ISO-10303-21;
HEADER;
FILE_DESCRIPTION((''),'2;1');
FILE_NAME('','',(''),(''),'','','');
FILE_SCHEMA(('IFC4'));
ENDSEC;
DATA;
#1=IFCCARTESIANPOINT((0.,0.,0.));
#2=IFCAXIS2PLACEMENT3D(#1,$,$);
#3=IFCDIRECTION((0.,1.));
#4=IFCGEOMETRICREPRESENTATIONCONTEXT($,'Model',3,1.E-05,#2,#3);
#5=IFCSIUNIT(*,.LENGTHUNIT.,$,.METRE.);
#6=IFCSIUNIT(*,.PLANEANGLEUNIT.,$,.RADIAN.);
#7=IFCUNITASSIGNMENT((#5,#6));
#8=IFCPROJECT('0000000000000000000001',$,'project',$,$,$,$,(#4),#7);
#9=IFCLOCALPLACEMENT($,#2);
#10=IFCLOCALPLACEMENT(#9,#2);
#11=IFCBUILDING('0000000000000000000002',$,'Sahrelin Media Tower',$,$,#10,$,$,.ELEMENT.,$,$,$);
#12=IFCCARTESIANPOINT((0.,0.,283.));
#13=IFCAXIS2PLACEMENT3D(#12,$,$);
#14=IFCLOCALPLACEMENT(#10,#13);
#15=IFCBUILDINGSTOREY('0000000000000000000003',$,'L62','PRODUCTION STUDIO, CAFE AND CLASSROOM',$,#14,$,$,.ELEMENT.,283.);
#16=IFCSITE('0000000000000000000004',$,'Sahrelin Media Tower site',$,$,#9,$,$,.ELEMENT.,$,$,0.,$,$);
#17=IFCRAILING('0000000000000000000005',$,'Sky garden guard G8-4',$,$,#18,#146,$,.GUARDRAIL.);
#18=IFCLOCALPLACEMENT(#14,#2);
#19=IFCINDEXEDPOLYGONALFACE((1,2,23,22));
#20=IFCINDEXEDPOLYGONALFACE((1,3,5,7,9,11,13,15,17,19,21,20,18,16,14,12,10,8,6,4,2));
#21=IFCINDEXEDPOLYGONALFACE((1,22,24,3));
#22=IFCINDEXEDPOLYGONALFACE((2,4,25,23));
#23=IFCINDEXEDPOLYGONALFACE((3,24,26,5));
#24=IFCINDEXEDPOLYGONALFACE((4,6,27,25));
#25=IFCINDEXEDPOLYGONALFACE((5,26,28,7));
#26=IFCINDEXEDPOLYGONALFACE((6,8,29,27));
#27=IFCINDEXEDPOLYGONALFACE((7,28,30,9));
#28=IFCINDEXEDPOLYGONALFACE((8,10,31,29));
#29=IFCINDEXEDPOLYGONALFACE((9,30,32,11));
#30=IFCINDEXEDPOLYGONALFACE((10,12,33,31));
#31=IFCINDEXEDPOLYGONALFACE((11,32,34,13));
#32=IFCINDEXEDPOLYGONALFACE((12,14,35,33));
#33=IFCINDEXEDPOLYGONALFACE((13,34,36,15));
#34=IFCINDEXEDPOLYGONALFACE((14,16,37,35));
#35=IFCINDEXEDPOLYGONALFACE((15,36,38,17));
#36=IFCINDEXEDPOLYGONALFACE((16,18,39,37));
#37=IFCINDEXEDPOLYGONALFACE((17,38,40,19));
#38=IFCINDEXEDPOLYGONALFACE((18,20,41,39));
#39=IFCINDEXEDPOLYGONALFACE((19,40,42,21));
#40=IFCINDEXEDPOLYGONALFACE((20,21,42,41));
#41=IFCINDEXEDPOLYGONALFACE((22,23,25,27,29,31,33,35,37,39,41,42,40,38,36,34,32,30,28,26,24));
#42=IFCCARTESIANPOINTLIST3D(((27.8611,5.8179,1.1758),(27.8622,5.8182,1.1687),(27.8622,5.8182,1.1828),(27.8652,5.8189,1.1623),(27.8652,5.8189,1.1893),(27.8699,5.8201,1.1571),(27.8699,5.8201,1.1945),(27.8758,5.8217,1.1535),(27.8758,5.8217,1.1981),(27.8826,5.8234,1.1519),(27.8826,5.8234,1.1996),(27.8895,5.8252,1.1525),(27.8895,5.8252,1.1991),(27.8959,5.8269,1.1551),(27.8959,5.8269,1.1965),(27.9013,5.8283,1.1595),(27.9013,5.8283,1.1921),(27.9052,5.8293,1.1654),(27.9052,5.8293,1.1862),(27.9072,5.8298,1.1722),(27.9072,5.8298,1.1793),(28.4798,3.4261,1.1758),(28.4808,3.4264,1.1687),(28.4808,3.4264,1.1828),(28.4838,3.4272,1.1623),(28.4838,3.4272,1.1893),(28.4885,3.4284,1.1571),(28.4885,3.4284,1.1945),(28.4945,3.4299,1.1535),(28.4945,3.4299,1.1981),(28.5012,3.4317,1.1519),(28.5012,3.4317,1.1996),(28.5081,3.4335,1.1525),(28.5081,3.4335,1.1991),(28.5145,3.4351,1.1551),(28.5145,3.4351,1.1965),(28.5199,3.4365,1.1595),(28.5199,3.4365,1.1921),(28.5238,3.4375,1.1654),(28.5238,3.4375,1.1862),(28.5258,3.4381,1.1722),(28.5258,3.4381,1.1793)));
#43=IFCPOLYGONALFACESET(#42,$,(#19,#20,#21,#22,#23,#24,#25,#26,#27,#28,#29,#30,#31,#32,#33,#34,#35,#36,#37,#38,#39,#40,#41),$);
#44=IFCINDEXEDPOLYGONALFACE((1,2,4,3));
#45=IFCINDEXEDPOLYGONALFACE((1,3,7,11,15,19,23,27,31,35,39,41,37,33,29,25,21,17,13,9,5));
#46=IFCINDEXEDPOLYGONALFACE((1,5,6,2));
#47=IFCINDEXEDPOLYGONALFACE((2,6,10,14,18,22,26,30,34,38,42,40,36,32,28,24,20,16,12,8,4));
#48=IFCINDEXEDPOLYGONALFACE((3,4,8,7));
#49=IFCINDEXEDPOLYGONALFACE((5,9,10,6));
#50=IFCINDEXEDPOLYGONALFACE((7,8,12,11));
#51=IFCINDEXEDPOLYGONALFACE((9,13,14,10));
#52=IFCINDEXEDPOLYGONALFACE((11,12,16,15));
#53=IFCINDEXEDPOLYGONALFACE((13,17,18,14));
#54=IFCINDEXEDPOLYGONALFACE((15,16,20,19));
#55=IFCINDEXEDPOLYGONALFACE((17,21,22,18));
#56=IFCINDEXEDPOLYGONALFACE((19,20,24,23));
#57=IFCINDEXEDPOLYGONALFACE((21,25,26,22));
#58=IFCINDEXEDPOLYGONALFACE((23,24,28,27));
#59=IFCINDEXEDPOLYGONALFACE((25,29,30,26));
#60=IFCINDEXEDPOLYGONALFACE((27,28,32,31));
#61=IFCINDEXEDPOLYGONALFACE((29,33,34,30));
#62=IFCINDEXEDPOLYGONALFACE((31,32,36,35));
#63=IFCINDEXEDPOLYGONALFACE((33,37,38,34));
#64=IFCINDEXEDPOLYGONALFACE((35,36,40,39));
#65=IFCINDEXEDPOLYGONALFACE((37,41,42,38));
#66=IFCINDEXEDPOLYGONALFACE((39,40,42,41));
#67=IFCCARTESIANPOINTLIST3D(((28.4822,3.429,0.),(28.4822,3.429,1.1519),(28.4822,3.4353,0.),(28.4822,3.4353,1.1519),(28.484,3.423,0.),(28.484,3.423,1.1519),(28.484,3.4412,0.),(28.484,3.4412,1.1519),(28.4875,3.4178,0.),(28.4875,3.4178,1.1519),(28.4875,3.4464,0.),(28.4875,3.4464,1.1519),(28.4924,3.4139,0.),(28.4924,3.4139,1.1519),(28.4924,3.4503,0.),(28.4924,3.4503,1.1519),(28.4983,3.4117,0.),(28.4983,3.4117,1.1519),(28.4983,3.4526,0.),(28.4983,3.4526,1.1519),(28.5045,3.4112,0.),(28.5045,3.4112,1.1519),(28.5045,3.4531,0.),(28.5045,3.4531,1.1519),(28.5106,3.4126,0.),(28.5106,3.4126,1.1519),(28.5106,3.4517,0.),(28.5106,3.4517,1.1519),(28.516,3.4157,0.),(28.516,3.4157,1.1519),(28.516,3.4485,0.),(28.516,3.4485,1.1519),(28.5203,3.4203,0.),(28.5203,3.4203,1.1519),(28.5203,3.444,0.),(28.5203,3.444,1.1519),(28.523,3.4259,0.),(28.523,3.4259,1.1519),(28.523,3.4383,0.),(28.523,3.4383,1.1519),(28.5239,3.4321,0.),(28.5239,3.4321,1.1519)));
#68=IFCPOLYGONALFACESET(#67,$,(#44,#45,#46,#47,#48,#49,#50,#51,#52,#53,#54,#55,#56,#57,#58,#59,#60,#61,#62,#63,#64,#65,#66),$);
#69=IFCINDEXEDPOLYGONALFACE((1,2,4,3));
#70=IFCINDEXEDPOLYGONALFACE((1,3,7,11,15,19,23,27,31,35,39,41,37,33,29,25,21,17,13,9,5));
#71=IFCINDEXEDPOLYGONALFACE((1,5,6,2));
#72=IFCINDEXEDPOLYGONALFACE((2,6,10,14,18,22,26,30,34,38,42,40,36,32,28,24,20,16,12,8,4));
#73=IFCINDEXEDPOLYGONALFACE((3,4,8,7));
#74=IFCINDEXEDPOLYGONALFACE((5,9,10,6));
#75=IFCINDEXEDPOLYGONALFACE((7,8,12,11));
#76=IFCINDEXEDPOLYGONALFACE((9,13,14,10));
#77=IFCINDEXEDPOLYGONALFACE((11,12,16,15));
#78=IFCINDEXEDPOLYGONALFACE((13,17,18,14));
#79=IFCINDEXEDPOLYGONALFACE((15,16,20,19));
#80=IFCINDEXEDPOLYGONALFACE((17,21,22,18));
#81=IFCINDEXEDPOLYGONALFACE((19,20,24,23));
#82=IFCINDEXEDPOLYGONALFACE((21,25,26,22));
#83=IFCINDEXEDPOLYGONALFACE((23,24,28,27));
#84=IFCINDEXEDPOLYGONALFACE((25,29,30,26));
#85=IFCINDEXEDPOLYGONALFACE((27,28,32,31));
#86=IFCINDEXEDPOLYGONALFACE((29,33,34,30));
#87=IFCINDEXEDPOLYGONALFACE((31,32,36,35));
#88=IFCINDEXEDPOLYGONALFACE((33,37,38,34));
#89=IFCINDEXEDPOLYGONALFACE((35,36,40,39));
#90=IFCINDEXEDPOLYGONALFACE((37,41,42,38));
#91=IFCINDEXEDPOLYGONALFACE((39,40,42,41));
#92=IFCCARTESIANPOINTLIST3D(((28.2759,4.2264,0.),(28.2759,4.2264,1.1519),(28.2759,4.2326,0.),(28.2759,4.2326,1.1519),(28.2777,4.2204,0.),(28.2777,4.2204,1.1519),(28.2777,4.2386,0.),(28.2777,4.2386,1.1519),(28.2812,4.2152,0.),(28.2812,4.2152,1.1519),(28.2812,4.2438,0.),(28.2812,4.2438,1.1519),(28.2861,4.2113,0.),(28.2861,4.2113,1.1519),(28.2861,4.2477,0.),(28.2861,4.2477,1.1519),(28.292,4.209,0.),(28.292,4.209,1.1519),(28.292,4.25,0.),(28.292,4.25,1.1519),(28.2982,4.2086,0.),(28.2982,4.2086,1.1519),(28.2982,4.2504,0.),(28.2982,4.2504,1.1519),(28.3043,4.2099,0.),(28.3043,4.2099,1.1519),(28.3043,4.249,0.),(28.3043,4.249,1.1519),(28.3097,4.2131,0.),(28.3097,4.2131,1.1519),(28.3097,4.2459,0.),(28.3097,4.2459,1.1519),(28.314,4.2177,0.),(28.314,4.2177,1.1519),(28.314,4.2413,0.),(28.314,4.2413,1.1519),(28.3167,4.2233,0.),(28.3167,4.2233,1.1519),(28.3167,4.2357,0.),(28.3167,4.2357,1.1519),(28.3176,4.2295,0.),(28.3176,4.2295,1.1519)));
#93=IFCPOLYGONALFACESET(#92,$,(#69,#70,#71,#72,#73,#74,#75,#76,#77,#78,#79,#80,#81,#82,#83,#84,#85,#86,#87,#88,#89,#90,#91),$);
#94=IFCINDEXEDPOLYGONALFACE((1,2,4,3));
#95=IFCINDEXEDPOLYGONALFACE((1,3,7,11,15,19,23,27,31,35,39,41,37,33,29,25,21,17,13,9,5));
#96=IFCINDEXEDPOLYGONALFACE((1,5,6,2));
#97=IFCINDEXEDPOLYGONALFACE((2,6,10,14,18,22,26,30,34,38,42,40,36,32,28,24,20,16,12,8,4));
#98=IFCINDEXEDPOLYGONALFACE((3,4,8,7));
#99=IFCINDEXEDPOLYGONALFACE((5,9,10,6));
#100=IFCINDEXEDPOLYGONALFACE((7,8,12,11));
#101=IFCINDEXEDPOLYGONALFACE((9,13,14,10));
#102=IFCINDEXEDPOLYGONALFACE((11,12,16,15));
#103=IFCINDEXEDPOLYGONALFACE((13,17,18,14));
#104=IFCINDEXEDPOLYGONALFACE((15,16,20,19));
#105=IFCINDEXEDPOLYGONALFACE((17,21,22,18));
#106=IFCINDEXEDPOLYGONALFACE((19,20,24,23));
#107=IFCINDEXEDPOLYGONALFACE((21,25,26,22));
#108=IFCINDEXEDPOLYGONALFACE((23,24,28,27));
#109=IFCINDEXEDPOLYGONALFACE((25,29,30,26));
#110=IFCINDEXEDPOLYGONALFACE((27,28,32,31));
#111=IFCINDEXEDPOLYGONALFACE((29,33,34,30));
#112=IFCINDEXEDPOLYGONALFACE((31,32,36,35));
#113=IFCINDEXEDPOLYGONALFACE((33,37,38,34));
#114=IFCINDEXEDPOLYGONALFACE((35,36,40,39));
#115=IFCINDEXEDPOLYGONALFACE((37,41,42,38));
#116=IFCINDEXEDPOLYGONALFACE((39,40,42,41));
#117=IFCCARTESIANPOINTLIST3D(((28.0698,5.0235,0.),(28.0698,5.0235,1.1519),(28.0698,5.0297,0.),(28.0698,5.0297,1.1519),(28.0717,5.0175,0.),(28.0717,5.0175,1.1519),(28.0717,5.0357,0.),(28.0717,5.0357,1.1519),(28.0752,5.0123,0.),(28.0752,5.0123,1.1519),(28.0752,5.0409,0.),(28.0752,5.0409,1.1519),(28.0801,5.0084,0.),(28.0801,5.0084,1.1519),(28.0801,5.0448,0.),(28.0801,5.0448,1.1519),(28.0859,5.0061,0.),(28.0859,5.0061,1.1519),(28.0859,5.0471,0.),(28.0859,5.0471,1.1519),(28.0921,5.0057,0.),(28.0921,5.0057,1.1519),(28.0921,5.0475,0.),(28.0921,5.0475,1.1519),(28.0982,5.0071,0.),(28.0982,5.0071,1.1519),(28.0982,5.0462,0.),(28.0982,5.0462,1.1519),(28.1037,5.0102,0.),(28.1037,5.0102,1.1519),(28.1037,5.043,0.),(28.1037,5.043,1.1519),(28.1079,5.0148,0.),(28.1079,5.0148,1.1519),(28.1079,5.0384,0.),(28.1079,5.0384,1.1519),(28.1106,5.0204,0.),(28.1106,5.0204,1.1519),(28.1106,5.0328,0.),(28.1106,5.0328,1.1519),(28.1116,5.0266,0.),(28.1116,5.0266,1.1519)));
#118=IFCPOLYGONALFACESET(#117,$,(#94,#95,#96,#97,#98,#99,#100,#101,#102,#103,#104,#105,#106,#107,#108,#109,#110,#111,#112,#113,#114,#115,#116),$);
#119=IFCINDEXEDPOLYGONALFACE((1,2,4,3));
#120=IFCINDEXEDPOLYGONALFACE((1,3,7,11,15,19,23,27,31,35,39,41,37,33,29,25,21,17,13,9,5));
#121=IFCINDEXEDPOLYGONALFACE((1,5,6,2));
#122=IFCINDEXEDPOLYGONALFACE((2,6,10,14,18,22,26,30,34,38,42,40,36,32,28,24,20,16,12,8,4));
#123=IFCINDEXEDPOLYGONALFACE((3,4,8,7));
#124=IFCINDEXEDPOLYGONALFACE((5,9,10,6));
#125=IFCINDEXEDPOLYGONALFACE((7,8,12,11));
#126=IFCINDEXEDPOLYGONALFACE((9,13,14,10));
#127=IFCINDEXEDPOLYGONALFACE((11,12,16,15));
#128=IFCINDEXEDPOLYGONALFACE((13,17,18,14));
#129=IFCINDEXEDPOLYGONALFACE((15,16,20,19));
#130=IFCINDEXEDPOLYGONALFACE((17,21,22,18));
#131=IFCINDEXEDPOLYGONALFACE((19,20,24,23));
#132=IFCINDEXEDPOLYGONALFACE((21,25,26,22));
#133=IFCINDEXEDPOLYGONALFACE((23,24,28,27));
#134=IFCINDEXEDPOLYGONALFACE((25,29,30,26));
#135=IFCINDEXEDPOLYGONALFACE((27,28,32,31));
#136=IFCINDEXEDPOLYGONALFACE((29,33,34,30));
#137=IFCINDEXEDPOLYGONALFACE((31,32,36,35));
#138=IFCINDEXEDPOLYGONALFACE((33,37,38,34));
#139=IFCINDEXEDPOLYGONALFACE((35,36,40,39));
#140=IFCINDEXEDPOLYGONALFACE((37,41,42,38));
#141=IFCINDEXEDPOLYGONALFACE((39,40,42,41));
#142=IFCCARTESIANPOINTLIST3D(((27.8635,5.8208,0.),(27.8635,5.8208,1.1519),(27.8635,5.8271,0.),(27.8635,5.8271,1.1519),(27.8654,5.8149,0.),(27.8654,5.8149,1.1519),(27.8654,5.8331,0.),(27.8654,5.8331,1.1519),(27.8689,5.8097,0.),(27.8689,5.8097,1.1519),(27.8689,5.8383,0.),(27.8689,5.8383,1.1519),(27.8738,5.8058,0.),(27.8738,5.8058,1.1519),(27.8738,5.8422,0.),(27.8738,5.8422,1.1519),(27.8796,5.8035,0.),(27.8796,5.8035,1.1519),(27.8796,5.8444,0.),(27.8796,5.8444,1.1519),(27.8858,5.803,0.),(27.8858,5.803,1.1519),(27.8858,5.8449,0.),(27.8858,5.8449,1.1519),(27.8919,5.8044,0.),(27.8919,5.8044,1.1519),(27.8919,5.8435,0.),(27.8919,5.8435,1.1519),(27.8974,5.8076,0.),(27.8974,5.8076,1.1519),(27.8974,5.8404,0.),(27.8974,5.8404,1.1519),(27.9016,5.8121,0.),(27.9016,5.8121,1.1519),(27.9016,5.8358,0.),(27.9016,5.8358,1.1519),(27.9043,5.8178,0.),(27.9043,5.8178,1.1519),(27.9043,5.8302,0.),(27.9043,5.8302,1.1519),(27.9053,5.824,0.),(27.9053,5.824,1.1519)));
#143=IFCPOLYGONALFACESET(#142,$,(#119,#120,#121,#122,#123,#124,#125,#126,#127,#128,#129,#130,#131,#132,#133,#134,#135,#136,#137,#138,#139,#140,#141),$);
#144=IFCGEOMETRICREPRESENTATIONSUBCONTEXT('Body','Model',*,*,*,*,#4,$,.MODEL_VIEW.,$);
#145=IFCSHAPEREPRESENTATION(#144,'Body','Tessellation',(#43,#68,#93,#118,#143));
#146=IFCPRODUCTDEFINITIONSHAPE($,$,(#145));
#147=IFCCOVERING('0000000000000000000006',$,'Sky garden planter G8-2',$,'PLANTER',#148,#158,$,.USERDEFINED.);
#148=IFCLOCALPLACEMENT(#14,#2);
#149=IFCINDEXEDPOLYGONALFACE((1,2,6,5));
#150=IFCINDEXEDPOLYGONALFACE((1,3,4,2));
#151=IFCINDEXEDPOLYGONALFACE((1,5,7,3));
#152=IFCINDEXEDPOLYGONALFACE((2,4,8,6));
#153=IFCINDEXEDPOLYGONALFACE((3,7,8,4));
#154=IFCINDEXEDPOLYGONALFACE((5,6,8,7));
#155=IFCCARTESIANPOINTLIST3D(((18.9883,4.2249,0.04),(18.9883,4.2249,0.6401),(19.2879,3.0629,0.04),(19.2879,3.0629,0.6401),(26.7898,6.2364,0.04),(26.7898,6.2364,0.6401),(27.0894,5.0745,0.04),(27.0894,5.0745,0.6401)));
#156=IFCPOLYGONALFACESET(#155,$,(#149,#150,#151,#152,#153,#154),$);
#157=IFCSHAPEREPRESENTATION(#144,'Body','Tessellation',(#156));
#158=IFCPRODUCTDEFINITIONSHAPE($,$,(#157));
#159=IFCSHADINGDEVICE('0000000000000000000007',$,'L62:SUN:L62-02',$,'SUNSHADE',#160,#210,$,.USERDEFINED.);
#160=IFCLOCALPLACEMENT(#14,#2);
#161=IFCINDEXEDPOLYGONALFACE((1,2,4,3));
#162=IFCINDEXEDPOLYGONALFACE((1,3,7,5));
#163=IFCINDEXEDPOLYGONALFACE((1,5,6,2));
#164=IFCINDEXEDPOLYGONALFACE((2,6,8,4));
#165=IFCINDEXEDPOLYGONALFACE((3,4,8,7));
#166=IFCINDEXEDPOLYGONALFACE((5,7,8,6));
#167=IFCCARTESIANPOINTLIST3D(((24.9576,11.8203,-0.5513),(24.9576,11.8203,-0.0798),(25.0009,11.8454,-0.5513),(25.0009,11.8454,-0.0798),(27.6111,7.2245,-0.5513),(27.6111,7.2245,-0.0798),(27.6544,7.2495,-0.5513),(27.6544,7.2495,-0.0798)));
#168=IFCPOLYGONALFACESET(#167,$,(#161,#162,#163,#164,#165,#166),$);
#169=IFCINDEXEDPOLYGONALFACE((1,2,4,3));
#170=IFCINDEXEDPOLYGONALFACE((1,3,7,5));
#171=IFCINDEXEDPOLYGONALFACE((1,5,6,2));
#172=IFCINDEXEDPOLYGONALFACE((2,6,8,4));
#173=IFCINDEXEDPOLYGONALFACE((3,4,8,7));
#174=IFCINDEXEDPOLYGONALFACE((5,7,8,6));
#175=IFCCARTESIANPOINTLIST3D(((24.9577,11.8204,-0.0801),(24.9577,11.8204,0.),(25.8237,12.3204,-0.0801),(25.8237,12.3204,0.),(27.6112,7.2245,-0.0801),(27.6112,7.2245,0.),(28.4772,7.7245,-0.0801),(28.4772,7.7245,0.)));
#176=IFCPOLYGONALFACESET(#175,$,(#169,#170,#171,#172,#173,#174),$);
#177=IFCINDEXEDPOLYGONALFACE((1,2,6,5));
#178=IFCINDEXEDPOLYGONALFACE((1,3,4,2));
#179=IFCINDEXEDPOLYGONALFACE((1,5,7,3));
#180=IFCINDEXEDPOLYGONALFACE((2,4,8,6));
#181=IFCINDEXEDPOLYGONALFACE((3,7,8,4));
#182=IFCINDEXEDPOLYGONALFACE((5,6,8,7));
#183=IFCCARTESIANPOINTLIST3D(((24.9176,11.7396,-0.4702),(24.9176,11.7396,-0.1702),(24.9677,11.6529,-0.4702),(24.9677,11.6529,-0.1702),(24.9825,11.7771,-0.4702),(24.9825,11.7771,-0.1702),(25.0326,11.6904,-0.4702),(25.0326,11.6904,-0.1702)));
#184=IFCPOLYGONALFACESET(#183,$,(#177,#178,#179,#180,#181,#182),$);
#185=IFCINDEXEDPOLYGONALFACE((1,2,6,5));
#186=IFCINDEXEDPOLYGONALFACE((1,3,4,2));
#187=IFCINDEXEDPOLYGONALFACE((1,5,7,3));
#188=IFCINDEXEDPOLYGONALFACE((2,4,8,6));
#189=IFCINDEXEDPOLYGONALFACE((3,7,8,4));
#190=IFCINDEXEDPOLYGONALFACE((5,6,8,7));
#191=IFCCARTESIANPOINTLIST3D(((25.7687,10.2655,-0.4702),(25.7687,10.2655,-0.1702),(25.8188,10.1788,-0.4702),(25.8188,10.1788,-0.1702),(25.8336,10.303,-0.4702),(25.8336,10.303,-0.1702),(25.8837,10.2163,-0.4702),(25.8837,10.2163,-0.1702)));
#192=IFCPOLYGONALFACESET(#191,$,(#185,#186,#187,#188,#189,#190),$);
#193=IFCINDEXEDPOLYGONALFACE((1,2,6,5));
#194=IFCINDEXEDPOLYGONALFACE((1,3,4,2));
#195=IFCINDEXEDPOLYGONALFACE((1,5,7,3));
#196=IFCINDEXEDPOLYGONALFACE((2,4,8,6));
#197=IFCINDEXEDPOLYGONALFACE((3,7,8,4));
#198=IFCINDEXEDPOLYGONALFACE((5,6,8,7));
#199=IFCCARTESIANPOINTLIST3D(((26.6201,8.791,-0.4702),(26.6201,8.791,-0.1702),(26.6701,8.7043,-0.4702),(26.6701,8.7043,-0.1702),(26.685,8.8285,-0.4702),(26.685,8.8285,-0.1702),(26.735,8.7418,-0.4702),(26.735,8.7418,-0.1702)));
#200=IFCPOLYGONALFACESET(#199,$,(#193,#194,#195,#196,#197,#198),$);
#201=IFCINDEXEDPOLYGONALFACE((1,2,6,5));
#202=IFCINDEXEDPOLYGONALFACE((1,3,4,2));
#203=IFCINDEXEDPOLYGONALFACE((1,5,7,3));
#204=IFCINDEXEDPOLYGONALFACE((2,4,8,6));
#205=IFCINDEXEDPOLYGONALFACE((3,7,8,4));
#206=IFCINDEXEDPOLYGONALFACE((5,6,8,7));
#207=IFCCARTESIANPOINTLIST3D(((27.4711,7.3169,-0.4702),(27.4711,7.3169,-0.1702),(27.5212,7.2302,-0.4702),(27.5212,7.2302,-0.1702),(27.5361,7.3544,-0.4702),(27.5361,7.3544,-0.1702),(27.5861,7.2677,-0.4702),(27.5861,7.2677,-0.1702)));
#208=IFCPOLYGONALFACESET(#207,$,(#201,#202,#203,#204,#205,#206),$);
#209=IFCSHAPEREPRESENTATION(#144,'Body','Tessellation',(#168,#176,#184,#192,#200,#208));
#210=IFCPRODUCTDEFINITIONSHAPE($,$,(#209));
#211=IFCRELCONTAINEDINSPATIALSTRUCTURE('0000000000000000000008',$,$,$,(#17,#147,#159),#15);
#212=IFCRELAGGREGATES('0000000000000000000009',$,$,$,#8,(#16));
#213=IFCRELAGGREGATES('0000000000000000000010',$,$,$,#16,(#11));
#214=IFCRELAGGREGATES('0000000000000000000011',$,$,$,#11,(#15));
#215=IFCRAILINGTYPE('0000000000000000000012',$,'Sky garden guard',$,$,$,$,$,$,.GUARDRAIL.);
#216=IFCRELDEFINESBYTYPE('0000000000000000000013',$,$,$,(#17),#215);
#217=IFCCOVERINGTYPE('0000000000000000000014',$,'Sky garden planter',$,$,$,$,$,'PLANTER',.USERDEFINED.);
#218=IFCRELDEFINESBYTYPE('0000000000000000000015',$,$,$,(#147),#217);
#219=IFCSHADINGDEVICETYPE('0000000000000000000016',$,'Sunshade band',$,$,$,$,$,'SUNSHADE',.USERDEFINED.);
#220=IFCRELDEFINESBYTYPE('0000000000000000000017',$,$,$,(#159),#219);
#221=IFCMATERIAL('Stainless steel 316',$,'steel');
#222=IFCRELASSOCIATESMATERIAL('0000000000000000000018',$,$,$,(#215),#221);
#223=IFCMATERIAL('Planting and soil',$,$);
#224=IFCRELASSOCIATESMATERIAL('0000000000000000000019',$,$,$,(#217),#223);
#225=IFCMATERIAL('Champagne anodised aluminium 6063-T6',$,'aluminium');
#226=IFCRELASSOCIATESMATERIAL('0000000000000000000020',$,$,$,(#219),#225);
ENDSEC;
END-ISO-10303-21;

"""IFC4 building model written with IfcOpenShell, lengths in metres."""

from ifc_helpers import new_model, si_unit, direction, frame, origin, origin_2d, place, context, subcontext, project, spatial, rectangle, circle, extrude, material, type_object, element, save


model = new_model("IFC4")

# Units and contexts
model_context = context("Model", 3, precision=1e-05, world=origin(), true_north=direction((0.0, 1.0)))
body_context = subcontext(model_context, "Body", "Model", "MODEL_VIEW")
ifc_project = project(units=[si_unit("LENGTHUNIT", "METRE"), si_unit("PLANEANGLEUNIT", "RADIAN")], contexts=[model_context])

# Site, building, storey
site_placement = place(None, origin())
site = spatial("IfcSite", under=ifc_project, at=site_placement, Name="Sahrelin Media Tower site", CompositionType="ELEMENT", RefElevation=0.0)
building_placement = place(site_placement, origin())
building = spatial("IfcBuilding", under=site, at=building_placement, Name="Sahrelin Media Tower", CompositionType="ELEMENT")
storey_placement = place(building_placement, frame((0.0, 0.0, 283.0)))
storey = spatial("IfcBuildingStorey", under=building, at=storey_placement, Name="L62", Description="PRODUCTION STUDIO, CAFE AND CLASSROOM", CompositionType="ELEMENT", Elevation=283.0)

# Shared definitions
ifc_material_1 = material(Name="Champagne anodised aluminium 6063-T6", Category="aluminium")

# Shared definitions
placement = place(storey_placement, frame((26.2671, 9.5125, 0.0), z_axis=(0.0, 0.0, 1.0), x_axis=(0.500011, -0.866019, 0.0)))

# Railing
ifc_material_2 = material(Name="Stainless steel 316", Category="steel")
railing_type = type_object("IfcRailingType", Name="Sky garden guard", PredefinedType="GUARDRAIL", material=ifc_material_2)
railing_placement = place(storey_placement, frame((28.5029, 3.4321, 0.0)))
element("IfcRailing", 1, at=railing_placement, inside=storey, type_object=railing_type, Name="Sky garden guard G8-4", PredefinedType="GUARDRAIL", context=body_context, shape_type="SweptSolid", body=[
    extrude(circle(Radius=0.0239, at=origin_2d()), frame((0.0, 0.0, 1.1758), z_axis=(-0.25041, 0.96814, 0.0), x_axis=(-0.96814, -0.25041, 0.0)), (0.0, 0.0, 1.0), 2.4705),
    extrude(circle(Radius=0.021, at=origin_2d()), origin(), (0.0, 0.0, 1.0), 1.1519),
    extrude(circle(Radius=0.021, at=origin_2d()), frame((-0.2063, 0.7974, 0.0)), (0.0, 0.0, 1.0), 1.1519),
    extrude(circle(Radius=0.021, at=origin_2d()), frame((-0.4124, 1.5945, 0.0)), (0.0, 0.0, 1.0), 1.1519),
    extrude(circle(Radius=0.021, at=origin_2d()), frame((-0.6187, 2.3918, 0.0)), (0.0, 0.0, 1.0), 1.1519),
])

# Covering
ifc_material_3 = material(Name="Planting and soil")
covering_type = type_object("IfcCoveringType", Name="Sky garden planter", ElementType="PLANTER", PredefinedType="USERDEFINED", material=ifc_material_3)
covering_placement = place(storey_placement, frame((23.0388, 4.6497, 0.04), z_axis=(0.0, 0.0, 1.0), x_axis=(0.968329, 0.249677, 0.0)))
element("IfcCovering", 2, at=covering_placement, inside=storey, type_object=covering_type, Name="Sky garden planter G8-2", ObjectType="PLANTER", PredefinedType="USERDEFINED", context=body_context, shape_type="SweptSolid", body=[
    extrude(rectangle(XDim=8.0566, YDim=1.2, at=origin_2d()), origin(), (0.0, 0.0, 1.0), 0.6001),
])

# Shading device
shading_device_type_1 = type_object("IfcShadingDeviceType", Name="Sunshade band", ElementType="SUNSHADE", PredefinedType="USERDEFINED", material=ifc_material_1)
element("IfcShadingDevice", 3, at=placement, inside=storey, type_object=shading_device_type_1, Name="L62:SUN:L62-02", ObjectType="SUNSHADE", PredefinedType="USERDEFINED", context=body_context, shape_type="SweptSolid", body=[
    extrude(rectangle(XDim=5.3069, YDim=0.05, at=origin_2d()), frame((0.0, 0.0449, -0.5513)), (0.0, 0.0, 1.0), 0.4714),
    extrude(rectangle(XDim=5.3069, YDim=1.0, at=origin_2d()), frame((0.0, 0.52, -0.0801)), (0.0, 0.0, 1.0), 0.0801),
    extrude(rectangle(XDim=0.1001, YDim=0.075, at=origin_2d()), frame((-2.5535, -0.0176, -0.4702)), (0.0, 0.0, 1.0), 0.3),
    extrude(rectangle(XDim=0.1001, YDim=0.075, at=origin_2d()), frame((-0.8513, -0.0176, -0.4702)), (0.0, 0.0, 1.0), 0.3),
    extrude(rectangle(XDim=0.1001, YDim=0.075, at=origin_2d()), frame((0.8513, -0.0176, -0.4702)), (0.0, 0.0, 1.0), 0.3),
    extrude(rectangle(XDim=0.1001, YDim=0.075, at=origin_2d()), frame((2.5535, -0.0176, -0.4702)), (0.0, 0.0, 1.0), 0.3),
])

save(model, "model.ifc")
